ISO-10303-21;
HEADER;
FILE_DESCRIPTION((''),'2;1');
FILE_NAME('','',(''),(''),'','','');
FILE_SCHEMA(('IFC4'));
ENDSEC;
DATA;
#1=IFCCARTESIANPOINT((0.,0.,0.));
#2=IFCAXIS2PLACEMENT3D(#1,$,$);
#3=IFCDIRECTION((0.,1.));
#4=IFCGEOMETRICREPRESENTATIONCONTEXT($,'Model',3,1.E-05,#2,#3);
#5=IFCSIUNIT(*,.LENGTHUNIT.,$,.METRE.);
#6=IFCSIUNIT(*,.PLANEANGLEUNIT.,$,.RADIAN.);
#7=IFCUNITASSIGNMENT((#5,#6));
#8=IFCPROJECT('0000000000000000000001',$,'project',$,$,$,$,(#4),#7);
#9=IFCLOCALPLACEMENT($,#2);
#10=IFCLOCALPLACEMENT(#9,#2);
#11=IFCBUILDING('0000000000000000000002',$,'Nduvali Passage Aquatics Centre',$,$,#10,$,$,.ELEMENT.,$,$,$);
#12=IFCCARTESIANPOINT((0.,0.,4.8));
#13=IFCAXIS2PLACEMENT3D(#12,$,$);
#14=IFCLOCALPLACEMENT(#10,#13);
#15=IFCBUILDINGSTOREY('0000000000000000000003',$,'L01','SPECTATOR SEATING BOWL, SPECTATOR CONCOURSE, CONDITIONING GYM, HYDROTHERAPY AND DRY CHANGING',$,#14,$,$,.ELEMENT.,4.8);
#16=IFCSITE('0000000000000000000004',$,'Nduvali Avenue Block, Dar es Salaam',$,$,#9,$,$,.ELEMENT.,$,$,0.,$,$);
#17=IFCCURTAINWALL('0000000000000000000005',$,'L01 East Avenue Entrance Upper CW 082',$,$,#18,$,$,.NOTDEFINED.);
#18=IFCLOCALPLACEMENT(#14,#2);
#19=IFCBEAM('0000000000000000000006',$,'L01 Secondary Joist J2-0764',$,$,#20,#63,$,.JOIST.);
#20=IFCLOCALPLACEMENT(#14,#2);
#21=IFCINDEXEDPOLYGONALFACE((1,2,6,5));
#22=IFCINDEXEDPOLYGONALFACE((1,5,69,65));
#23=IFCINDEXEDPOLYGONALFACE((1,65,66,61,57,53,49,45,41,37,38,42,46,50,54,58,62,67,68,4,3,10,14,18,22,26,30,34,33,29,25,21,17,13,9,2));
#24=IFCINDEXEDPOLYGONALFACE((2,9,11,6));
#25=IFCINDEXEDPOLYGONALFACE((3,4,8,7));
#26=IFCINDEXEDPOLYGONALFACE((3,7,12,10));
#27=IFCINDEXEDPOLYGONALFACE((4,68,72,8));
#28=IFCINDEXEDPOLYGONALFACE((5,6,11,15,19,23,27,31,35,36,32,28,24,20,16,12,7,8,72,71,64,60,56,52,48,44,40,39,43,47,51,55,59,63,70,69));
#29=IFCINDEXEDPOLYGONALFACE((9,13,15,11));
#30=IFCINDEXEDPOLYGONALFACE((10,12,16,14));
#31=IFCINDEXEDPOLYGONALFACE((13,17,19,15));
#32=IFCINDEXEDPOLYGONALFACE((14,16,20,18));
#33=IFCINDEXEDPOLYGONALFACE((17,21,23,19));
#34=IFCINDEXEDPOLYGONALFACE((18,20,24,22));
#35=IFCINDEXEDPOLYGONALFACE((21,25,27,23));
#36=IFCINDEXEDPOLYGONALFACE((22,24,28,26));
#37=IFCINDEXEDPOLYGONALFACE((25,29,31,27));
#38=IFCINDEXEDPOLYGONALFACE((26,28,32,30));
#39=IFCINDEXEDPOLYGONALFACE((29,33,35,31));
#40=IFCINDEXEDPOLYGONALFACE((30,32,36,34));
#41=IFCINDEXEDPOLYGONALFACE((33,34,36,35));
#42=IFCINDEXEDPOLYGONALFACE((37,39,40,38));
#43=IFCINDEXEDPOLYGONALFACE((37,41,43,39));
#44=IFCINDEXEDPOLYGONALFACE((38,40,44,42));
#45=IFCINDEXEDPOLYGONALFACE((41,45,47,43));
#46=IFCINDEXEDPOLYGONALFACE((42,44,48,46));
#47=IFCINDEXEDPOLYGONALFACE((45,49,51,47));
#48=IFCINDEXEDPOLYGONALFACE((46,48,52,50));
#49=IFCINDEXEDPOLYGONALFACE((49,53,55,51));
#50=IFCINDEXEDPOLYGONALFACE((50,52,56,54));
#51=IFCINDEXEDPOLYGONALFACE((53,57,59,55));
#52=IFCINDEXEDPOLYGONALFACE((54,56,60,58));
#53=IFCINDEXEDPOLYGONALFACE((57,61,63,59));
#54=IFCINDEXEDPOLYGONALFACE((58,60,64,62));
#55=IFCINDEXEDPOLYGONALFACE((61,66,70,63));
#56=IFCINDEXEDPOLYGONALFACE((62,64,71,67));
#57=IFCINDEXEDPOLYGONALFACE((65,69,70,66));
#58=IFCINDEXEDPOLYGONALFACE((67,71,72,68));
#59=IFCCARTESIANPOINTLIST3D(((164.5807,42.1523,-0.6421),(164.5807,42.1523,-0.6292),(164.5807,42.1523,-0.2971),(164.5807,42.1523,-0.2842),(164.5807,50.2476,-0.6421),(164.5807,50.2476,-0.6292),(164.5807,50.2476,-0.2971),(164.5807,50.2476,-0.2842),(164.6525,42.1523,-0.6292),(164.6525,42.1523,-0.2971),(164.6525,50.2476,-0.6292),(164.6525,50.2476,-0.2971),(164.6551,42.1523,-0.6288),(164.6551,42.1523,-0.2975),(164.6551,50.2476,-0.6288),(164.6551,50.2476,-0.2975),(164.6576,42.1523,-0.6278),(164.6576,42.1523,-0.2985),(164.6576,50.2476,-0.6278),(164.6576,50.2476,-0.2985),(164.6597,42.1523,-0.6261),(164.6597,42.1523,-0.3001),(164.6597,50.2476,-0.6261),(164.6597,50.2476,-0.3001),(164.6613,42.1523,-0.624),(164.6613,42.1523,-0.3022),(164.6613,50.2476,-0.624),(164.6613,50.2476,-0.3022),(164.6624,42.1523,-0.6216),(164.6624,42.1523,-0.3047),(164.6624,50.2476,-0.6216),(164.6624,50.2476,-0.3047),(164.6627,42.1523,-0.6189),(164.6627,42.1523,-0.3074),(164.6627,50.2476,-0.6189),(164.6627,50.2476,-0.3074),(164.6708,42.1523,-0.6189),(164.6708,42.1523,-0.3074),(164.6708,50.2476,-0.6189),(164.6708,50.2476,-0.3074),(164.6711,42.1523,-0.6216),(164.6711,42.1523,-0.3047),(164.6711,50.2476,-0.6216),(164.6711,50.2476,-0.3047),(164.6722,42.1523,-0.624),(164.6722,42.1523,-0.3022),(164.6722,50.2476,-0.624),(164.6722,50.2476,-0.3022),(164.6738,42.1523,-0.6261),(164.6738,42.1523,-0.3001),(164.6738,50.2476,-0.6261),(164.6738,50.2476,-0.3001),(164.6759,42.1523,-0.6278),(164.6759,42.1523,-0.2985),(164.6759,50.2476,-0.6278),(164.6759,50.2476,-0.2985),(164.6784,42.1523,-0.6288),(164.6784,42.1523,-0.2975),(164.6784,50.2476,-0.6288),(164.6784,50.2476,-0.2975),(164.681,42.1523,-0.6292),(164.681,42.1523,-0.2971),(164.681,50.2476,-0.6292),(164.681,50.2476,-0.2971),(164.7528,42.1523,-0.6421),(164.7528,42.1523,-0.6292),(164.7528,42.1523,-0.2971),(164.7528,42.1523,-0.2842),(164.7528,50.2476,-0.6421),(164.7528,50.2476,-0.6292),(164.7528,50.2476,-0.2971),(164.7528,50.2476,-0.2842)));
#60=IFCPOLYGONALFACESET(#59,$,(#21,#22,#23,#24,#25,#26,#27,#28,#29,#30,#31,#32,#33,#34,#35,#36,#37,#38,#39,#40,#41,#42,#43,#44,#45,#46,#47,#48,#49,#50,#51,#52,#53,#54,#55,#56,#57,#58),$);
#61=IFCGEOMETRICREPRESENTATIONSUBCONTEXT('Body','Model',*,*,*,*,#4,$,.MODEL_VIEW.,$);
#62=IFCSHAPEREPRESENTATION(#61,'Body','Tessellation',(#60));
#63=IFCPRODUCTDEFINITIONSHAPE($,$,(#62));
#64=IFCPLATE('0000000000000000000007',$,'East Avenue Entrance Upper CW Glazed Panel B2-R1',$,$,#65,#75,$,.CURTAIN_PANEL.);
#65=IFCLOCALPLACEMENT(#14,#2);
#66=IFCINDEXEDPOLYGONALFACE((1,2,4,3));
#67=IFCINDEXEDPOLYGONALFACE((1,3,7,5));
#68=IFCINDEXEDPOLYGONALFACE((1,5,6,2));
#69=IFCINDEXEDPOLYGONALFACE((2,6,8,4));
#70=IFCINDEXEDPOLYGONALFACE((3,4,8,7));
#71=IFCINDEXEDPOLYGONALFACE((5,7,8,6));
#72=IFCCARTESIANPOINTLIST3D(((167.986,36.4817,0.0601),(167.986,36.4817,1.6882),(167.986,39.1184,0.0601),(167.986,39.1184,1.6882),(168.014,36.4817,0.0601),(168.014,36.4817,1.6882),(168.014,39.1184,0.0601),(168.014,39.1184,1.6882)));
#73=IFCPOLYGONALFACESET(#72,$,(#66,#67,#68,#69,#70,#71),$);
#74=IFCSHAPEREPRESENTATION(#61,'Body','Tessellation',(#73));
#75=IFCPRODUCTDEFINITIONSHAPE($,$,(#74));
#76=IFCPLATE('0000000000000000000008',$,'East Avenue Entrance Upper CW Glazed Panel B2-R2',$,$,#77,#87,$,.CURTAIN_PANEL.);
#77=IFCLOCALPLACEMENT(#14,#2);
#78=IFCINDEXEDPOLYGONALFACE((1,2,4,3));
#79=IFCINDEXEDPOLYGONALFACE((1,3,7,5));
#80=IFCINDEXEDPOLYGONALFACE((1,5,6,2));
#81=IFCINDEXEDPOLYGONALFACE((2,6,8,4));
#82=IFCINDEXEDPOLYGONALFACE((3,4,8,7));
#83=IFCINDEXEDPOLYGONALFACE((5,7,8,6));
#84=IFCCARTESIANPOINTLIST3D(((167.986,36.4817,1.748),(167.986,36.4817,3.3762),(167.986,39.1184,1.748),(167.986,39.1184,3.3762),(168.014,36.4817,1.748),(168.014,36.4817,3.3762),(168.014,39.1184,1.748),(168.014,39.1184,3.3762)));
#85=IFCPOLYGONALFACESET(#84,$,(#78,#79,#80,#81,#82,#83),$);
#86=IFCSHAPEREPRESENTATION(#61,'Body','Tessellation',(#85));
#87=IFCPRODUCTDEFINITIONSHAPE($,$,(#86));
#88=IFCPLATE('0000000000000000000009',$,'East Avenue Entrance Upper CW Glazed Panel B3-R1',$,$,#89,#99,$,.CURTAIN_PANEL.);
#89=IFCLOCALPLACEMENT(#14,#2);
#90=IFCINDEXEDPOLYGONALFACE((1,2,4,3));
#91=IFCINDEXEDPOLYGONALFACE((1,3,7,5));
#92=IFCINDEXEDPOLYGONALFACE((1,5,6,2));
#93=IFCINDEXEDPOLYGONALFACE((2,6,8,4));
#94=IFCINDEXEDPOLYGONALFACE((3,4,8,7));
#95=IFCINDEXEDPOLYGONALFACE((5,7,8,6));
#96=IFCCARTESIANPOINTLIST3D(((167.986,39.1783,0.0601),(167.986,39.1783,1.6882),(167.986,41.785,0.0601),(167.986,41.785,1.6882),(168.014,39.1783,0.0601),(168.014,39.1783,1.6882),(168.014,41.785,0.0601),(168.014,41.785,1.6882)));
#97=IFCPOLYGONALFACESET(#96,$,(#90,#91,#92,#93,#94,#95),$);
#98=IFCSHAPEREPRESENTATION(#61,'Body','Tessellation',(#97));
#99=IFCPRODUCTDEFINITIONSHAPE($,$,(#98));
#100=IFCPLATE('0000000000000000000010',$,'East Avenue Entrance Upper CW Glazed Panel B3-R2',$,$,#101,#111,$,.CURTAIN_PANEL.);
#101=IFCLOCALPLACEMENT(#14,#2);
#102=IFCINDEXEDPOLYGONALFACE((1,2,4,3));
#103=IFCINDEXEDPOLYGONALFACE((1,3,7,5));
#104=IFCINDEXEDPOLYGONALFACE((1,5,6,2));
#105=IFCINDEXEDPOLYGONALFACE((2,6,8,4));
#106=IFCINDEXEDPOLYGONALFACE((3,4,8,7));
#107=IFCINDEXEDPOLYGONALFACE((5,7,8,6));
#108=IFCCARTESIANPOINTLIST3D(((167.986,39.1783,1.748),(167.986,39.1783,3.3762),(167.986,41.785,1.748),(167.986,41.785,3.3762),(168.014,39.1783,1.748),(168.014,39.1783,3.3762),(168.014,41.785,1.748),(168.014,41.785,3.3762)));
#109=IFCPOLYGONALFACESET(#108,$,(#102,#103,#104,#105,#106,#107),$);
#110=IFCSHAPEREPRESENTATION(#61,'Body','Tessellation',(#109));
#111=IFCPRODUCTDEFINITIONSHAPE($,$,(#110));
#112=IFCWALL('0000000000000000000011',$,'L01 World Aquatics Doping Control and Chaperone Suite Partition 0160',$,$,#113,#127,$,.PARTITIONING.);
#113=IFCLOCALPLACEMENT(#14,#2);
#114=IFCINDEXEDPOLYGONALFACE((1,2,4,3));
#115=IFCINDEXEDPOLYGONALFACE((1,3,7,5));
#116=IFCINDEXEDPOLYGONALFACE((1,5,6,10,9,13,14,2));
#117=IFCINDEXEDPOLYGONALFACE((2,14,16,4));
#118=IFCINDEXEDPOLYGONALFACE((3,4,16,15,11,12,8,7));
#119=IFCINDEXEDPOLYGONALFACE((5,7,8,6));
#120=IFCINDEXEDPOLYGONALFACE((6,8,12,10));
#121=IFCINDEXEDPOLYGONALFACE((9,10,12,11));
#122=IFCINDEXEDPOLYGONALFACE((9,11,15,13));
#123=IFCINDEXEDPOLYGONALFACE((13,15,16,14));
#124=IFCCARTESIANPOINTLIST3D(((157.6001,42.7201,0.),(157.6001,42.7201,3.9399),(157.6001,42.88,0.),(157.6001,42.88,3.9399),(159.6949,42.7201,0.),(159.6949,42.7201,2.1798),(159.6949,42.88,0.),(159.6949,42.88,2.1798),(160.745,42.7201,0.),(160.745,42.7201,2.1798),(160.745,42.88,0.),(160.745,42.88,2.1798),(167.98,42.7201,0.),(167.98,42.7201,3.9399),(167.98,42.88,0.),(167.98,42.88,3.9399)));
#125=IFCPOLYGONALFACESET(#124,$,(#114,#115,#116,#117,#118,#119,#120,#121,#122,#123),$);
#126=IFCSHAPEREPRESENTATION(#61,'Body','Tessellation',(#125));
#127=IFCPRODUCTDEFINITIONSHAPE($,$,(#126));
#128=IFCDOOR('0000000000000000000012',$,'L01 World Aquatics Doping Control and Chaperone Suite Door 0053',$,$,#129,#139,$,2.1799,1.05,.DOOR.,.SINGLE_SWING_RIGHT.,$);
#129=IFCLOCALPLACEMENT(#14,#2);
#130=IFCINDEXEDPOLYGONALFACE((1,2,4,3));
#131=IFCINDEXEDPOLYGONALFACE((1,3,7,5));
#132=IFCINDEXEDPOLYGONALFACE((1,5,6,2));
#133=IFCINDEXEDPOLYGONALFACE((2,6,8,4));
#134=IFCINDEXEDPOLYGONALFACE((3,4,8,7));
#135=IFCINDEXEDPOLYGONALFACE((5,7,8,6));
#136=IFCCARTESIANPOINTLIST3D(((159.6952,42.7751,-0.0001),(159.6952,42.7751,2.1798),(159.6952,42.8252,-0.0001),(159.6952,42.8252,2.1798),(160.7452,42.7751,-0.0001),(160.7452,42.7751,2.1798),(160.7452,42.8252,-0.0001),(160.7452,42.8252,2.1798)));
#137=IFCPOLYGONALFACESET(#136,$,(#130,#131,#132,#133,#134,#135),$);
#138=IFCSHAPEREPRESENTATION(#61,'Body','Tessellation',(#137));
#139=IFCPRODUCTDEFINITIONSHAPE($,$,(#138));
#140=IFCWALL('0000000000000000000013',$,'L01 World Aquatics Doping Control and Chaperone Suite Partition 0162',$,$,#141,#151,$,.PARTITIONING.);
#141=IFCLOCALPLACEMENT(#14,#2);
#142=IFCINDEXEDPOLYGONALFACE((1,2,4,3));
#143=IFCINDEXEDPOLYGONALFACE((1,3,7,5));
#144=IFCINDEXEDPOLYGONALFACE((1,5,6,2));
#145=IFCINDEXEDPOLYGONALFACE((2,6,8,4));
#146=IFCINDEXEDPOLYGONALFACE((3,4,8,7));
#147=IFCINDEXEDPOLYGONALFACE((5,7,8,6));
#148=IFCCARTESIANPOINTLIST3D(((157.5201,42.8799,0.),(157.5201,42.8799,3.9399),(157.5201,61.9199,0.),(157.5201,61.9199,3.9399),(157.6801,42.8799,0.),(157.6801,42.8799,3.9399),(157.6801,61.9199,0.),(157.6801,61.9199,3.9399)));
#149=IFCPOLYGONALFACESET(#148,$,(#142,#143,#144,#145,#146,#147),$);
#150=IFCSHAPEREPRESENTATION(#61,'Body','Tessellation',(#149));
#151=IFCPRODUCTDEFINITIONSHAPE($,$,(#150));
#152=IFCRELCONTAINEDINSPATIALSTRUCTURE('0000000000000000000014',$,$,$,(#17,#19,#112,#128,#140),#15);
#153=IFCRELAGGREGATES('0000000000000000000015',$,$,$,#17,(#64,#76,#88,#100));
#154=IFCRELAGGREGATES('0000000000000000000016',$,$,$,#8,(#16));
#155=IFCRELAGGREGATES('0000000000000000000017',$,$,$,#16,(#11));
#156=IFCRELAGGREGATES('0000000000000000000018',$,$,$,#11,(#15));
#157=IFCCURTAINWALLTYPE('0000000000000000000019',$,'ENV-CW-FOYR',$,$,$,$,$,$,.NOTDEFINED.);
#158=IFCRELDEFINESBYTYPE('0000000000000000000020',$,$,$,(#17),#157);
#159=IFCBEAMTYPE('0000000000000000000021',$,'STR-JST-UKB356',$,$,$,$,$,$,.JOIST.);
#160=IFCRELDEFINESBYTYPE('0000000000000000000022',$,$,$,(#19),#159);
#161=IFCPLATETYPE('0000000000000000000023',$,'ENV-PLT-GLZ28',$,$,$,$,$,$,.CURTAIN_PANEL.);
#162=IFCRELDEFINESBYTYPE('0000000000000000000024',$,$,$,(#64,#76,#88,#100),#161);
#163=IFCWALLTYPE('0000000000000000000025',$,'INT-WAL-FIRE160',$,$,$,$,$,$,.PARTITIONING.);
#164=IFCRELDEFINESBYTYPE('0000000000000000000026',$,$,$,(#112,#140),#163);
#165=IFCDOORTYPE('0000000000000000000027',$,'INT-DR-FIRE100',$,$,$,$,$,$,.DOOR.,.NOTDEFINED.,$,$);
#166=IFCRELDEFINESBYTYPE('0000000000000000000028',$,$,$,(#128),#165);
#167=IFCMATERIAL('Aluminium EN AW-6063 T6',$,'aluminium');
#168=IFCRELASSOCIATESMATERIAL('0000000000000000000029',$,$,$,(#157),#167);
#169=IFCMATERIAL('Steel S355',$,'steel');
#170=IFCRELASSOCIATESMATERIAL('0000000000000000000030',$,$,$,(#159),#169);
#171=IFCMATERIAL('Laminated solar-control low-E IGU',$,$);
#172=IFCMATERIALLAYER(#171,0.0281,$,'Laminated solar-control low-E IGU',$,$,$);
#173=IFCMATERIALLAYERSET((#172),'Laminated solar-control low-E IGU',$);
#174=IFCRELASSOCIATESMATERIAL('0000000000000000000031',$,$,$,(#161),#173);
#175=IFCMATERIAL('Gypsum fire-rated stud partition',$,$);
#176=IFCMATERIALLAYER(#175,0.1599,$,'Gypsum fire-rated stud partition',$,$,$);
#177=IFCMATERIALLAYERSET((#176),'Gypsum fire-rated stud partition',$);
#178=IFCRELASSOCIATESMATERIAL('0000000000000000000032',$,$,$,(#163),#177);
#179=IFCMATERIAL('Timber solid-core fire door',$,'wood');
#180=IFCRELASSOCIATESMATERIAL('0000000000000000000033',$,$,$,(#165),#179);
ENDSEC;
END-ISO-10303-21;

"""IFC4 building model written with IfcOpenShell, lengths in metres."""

from ifc_helpers import new_model, si_unit, direction, frame, frame_2d, origin, origin_2d, place, context, subcontext, project, spatial, rectangle, i_section, extrude, material, layer, layer_set, material_profile, profile_set, type_object, element, fill, aggregate, save


model = new_model("IFC4")

# Units and contexts
model_context = context("Model", 3, precision=1e-05, world=origin(), true_north=direction((0.0, 1.0)))
body_context = subcontext(model_context, "Body", "Model", "MODEL_VIEW")
ifc_project = project(units=[si_unit("LENGTHUNIT", "METRE"), si_unit("PLANEANGLEUNIT", "RADIAN")], contexts=[model_context])

# Site, building, storey
site_placement = place(None, origin())
site = spatial("IfcSite", under=ifc_project, at=site_placement, Name="Nduvali Avenue Block, Dar es Salaam", CompositionType="ELEMENT", RefElevation=0.0)
building_placement = place(site_placement, origin())
building = spatial("IfcBuilding", under=site, at=building_placement, Name="Nduvali Passage Aquatics Centre", CompositionType="ELEMENT")
storey_placement = place(building_placement, frame((0.0, 0.0, 4.8)))
storey = spatial("IfcBuildingStorey", under=building, at=storey_placement, Name="L01", Description="SPECTATOR SEATING BOWL, SPECTATOR CONCOURSE, CONDITIONING GYM, HYDROTHERAPY AND DRY CHANGING", CompositionType="ELEMENT", Elevation=4.8)

# Shared definitions
ifc_material_1 = material(Name="Steel S355", Category="steel")

# Curtain wall
ifc_material_2 = material(Name="Aluminium EN AW-6063 T6", Category="aluminium")
curtain_wall_type = type_object("IfcCurtainWallType", Name="ENV-CW-FOYR", PredefinedType="NOTDEFINED", material=ifc_material_2)
curtain_wall_placement = place(storey_placement, origin())
curtain_wall = element("IfcCurtainWall", 1, at=curtain_wall_placement, inside=storey, type_object=curtain_wall_type, Name="L01 East Avenue Entrance Upper CW 082", PredefinedType="NOTDEFINED")

# Beam
ifc_material_profile_1 = material_profile(ifc_material_1, i_section(OverallWidth=0.1721, OverallDepth=0.3579, WebThickness=0.0081, FlangeThickness=0.0129, FilletRadius=0.0103, at=origin_2d()), Name="UKB 356x171x57")
ifc_profile_set_1 = profile_set([ifc_material_profile_1], Name="Steel S355")
beam_type_1 = type_object("IfcBeamType", Name="STR-JST-UKB356", PredefinedType="JOIST", material=ifc_profile_set_1)
for number, where, z_axis, x_axis, name in (
    (2, (164.6667, 42.1523, -0.4631), (0.0, 1.0, 0.0), (-1.0, 0.0, 0.0), "L01 Secondary Joist J2-0764"),
):
    element("IfcBeam", number, at=place(storey_placement, frame(where, z_axis=z_axis, x_axis=x_axis)), inside=storey, type_object=beam_type_1, Name=name, PredefinedType="JOIST", context=body_context, shape_type="SweptSolid", body=[
        extrude(i_section(OverallWidth=0.1721, OverallDepth=0.3579, WebThickness=0.0081, FlangeThickness=0.0129, FilletRadius=0.0103, at=origin_2d()), origin(), (0.0, 0.0, 1.0), 8.0952),
    ])

# Plates
ifc_material_3 = material(Name="Laminated solar-control low-E IGU")
ifc_layer_1 = layer(ifc_material_3, 0.0281, Name="Laminated solar-control low-E IGU")
ifc_layer_set_1 = layer_set([ifc_layer_1], Name="Laminated solar-control low-E IGU")
plate_type = type_object("IfcPlateType", Name="ENV-PLT-GLZ28", PredefinedType="CURTAIN_PANEL", material=ifc_layer_set_1)
plate_1_placement = place(storey_placement, frame((168.0, 37.8, 0.0601), z_axis=(0.0, 0.0, 1.0), x_axis=(0.0, 1.0, 0.0)))
plate_1 = element("IfcPlate", 3, at=plate_1_placement, type_object=plate_type, Name="East Avenue Entrance Upper CW Glazed Panel B2-R1", PredefinedType="CURTAIN_PANEL", context=body_context, shape_type="SweptSolid", body=[
    extrude(rectangle(XDim=2.6367, YDim=0.0281, at=origin_2d()), origin(), (0.0, 0.0, 1.0), 1.6282),
])
plate_2_placement = place(storey_placement, frame((168.0, 37.8, 1.748), z_axis=(0.0, 0.0, 1.0), x_axis=(0.0, 1.0, 0.0)))
plate_2 = element("IfcPlate", 4, at=plate_2_placement, type_object=plate_type, Name="East Avenue Entrance Upper CW Glazed Panel B2-R2", PredefinedType="CURTAIN_PANEL", context=body_context, shape_type="SweptSolid", body=[
    extrude(rectangle(XDim=2.6367, YDim=0.0281, at=origin_2d()), origin(), (0.0, 0.0, 1.0), 1.6282),
])
plate_3_placement = place(storey_placement, frame((168.0, 40.4817, 0.0601), z_axis=(0.0, 0.0, 1.0), x_axis=(0.0, 1.0, 0.0)))
plate_3 = element("IfcPlate", 5, at=plate_3_placement, type_object=plate_type, Name="East Avenue Entrance Upper CW Glazed Panel B3-R1", PredefinedType="CURTAIN_PANEL", context=body_context, shape_type="SweptSolid", body=[
    extrude(rectangle(XDim=2.6067, YDim=0.0281, at=origin_2d()), origin(), (0.0, 0.0, 1.0), 1.6282),
])
plate_4_placement = place(storey_placement, frame((168.0, 40.4817, 1.748), z_axis=(0.0, 0.0, 1.0), x_axis=(0.0, 1.0, 0.0)))
plate_4 = element("IfcPlate", 6, at=plate_4_placement, type_object=plate_type, Name="East Avenue Entrance Upper CW Glazed Panel B3-R2", PredefinedType="CURTAIN_PANEL", context=body_context, shape_type="SweptSolid", body=[
    extrude(rectangle(XDim=2.6067, YDim=0.0281, at=origin_2d()), origin(), (0.0, 0.0, 1.0), 1.6282),
])
aggregate(curtain_wall, [plate_1, plate_2, plate_3, plate_4])

# Wall, opening, door
ifc_material_4 = material(Name="Gypsum fire-rated stud partition")
ifc_layer_2 = layer(ifc_material_4, 0.1599, Name="Gypsum fire-rated stud partition")
ifc_layer_set_2 = layer_set([ifc_layer_2], Name="Gypsum fire-rated stud partition")
wall_type = type_object("IfcWallType", Name="INT-WAL-FIRE160", PredefinedType="PARTITIONING", material=ifc_layer_set_2)
wall_1_placement = place(storey_placement, frame((157.6001, 42.8, 0.0), z_axis=(0.0, 0.0, 1.0), x_axis=(1.0, 0.0, 0.0)))
wall_1 = element("IfcWall", 7, at=wall_1_placement, inside=storey, type_object=wall_type, Name="L01 World Aquatics Doping Control and Chaperone Suite Partition 0160", PredefinedType="PARTITIONING", context=body_context, shape_type="SweptSolid", body=[
    extrude(rectangle(XDim=10.3799, YDim=0.1599, at=frame_2d((5.1899, 0.0))), origin(), (0.0, 0.0, 1.0), 3.9399),
])
opening_placement = place(wall_1_placement, frame((2.095, 0.0, 0.0)))
opening = element("IfcOpeningElement", 8, at=opening_placement, cuts=wall_1, PredefinedType="OPENING", context=body_context, shape_type="SweptSolid", body=[
    extrude(rectangle(XDim=1.05, YDim=2.1799, at=frame_2d((0.5249, 1.0898))), frame((0.0, 0.0947, 0.0), z_axis=(0.0, -1.0, 0.0), x_axis=(1.0, 0.0, 0.0)), (0.0, 0.0, 1.0), 0.1897),
])
ifc_material_5 = material(Name="Timber solid-core fire door", Category="wood")
door_type = type_object("IfcDoorType", Name="INT-DR-FIRE100", OperationType="NOTDEFINED", PredefinedType="DOOR", material=ifc_material_5)
door_placement = place(opening_placement, frame((1.05, 0.0, 0.0), z_axis=(0.0, 0.0, 1.0), x_axis=(-1.0, 0.0, 0.0)))
door = element("IfcDoor", 9, at=door_placement, inside=storey, type_object=door_type, Name="L01 World Aquatics Doping Control and Chaperone Suite Door 0053", OperationType="SINGLE_SWING_RIGHT", OverallHeight=2.1799, OverallWidth=1.05, PredefinedType="DOOR", context=body_context, shape_type="SweptSolid", body=[
    extrude(rectangle(XDim=1.05, YDim=2.1799, at=frame_2d((0.5249, 1.0898))), frame((0.0, 0.0249, 0.0), z_axis=(0.0, -1.0, 0.0), x_axis=(1.0, 0.0, 0.0)), (0.0, 0.0, 1.0), 0.05),
])
fill(opening, door)

# Wall
wall_2_placement = place(storey_placement, frame((157.6001, 42.8799, 0.0), z_axis=(0.0, 0.0, 1.0), x_axis=(0.0, 1.0, 0.0)))
element("IfcWall", 10, at=wall_2_placement, inside=storey, type_object=wall_type, Name="L01 World Aquatics Doping Control and Chaperone Suite Partition 0162", PredefinedType="PARTITIONING", context=body_context, shape_type="SweptSolid", body=[
    extrude(rectangle(XDim=19.04, YDim=0.1599, at=frame_2d((9.52, 0.0))), origin(), (0.0, 0.0, 1.0), 3.9399),
])

save(model, "model.ifc")
